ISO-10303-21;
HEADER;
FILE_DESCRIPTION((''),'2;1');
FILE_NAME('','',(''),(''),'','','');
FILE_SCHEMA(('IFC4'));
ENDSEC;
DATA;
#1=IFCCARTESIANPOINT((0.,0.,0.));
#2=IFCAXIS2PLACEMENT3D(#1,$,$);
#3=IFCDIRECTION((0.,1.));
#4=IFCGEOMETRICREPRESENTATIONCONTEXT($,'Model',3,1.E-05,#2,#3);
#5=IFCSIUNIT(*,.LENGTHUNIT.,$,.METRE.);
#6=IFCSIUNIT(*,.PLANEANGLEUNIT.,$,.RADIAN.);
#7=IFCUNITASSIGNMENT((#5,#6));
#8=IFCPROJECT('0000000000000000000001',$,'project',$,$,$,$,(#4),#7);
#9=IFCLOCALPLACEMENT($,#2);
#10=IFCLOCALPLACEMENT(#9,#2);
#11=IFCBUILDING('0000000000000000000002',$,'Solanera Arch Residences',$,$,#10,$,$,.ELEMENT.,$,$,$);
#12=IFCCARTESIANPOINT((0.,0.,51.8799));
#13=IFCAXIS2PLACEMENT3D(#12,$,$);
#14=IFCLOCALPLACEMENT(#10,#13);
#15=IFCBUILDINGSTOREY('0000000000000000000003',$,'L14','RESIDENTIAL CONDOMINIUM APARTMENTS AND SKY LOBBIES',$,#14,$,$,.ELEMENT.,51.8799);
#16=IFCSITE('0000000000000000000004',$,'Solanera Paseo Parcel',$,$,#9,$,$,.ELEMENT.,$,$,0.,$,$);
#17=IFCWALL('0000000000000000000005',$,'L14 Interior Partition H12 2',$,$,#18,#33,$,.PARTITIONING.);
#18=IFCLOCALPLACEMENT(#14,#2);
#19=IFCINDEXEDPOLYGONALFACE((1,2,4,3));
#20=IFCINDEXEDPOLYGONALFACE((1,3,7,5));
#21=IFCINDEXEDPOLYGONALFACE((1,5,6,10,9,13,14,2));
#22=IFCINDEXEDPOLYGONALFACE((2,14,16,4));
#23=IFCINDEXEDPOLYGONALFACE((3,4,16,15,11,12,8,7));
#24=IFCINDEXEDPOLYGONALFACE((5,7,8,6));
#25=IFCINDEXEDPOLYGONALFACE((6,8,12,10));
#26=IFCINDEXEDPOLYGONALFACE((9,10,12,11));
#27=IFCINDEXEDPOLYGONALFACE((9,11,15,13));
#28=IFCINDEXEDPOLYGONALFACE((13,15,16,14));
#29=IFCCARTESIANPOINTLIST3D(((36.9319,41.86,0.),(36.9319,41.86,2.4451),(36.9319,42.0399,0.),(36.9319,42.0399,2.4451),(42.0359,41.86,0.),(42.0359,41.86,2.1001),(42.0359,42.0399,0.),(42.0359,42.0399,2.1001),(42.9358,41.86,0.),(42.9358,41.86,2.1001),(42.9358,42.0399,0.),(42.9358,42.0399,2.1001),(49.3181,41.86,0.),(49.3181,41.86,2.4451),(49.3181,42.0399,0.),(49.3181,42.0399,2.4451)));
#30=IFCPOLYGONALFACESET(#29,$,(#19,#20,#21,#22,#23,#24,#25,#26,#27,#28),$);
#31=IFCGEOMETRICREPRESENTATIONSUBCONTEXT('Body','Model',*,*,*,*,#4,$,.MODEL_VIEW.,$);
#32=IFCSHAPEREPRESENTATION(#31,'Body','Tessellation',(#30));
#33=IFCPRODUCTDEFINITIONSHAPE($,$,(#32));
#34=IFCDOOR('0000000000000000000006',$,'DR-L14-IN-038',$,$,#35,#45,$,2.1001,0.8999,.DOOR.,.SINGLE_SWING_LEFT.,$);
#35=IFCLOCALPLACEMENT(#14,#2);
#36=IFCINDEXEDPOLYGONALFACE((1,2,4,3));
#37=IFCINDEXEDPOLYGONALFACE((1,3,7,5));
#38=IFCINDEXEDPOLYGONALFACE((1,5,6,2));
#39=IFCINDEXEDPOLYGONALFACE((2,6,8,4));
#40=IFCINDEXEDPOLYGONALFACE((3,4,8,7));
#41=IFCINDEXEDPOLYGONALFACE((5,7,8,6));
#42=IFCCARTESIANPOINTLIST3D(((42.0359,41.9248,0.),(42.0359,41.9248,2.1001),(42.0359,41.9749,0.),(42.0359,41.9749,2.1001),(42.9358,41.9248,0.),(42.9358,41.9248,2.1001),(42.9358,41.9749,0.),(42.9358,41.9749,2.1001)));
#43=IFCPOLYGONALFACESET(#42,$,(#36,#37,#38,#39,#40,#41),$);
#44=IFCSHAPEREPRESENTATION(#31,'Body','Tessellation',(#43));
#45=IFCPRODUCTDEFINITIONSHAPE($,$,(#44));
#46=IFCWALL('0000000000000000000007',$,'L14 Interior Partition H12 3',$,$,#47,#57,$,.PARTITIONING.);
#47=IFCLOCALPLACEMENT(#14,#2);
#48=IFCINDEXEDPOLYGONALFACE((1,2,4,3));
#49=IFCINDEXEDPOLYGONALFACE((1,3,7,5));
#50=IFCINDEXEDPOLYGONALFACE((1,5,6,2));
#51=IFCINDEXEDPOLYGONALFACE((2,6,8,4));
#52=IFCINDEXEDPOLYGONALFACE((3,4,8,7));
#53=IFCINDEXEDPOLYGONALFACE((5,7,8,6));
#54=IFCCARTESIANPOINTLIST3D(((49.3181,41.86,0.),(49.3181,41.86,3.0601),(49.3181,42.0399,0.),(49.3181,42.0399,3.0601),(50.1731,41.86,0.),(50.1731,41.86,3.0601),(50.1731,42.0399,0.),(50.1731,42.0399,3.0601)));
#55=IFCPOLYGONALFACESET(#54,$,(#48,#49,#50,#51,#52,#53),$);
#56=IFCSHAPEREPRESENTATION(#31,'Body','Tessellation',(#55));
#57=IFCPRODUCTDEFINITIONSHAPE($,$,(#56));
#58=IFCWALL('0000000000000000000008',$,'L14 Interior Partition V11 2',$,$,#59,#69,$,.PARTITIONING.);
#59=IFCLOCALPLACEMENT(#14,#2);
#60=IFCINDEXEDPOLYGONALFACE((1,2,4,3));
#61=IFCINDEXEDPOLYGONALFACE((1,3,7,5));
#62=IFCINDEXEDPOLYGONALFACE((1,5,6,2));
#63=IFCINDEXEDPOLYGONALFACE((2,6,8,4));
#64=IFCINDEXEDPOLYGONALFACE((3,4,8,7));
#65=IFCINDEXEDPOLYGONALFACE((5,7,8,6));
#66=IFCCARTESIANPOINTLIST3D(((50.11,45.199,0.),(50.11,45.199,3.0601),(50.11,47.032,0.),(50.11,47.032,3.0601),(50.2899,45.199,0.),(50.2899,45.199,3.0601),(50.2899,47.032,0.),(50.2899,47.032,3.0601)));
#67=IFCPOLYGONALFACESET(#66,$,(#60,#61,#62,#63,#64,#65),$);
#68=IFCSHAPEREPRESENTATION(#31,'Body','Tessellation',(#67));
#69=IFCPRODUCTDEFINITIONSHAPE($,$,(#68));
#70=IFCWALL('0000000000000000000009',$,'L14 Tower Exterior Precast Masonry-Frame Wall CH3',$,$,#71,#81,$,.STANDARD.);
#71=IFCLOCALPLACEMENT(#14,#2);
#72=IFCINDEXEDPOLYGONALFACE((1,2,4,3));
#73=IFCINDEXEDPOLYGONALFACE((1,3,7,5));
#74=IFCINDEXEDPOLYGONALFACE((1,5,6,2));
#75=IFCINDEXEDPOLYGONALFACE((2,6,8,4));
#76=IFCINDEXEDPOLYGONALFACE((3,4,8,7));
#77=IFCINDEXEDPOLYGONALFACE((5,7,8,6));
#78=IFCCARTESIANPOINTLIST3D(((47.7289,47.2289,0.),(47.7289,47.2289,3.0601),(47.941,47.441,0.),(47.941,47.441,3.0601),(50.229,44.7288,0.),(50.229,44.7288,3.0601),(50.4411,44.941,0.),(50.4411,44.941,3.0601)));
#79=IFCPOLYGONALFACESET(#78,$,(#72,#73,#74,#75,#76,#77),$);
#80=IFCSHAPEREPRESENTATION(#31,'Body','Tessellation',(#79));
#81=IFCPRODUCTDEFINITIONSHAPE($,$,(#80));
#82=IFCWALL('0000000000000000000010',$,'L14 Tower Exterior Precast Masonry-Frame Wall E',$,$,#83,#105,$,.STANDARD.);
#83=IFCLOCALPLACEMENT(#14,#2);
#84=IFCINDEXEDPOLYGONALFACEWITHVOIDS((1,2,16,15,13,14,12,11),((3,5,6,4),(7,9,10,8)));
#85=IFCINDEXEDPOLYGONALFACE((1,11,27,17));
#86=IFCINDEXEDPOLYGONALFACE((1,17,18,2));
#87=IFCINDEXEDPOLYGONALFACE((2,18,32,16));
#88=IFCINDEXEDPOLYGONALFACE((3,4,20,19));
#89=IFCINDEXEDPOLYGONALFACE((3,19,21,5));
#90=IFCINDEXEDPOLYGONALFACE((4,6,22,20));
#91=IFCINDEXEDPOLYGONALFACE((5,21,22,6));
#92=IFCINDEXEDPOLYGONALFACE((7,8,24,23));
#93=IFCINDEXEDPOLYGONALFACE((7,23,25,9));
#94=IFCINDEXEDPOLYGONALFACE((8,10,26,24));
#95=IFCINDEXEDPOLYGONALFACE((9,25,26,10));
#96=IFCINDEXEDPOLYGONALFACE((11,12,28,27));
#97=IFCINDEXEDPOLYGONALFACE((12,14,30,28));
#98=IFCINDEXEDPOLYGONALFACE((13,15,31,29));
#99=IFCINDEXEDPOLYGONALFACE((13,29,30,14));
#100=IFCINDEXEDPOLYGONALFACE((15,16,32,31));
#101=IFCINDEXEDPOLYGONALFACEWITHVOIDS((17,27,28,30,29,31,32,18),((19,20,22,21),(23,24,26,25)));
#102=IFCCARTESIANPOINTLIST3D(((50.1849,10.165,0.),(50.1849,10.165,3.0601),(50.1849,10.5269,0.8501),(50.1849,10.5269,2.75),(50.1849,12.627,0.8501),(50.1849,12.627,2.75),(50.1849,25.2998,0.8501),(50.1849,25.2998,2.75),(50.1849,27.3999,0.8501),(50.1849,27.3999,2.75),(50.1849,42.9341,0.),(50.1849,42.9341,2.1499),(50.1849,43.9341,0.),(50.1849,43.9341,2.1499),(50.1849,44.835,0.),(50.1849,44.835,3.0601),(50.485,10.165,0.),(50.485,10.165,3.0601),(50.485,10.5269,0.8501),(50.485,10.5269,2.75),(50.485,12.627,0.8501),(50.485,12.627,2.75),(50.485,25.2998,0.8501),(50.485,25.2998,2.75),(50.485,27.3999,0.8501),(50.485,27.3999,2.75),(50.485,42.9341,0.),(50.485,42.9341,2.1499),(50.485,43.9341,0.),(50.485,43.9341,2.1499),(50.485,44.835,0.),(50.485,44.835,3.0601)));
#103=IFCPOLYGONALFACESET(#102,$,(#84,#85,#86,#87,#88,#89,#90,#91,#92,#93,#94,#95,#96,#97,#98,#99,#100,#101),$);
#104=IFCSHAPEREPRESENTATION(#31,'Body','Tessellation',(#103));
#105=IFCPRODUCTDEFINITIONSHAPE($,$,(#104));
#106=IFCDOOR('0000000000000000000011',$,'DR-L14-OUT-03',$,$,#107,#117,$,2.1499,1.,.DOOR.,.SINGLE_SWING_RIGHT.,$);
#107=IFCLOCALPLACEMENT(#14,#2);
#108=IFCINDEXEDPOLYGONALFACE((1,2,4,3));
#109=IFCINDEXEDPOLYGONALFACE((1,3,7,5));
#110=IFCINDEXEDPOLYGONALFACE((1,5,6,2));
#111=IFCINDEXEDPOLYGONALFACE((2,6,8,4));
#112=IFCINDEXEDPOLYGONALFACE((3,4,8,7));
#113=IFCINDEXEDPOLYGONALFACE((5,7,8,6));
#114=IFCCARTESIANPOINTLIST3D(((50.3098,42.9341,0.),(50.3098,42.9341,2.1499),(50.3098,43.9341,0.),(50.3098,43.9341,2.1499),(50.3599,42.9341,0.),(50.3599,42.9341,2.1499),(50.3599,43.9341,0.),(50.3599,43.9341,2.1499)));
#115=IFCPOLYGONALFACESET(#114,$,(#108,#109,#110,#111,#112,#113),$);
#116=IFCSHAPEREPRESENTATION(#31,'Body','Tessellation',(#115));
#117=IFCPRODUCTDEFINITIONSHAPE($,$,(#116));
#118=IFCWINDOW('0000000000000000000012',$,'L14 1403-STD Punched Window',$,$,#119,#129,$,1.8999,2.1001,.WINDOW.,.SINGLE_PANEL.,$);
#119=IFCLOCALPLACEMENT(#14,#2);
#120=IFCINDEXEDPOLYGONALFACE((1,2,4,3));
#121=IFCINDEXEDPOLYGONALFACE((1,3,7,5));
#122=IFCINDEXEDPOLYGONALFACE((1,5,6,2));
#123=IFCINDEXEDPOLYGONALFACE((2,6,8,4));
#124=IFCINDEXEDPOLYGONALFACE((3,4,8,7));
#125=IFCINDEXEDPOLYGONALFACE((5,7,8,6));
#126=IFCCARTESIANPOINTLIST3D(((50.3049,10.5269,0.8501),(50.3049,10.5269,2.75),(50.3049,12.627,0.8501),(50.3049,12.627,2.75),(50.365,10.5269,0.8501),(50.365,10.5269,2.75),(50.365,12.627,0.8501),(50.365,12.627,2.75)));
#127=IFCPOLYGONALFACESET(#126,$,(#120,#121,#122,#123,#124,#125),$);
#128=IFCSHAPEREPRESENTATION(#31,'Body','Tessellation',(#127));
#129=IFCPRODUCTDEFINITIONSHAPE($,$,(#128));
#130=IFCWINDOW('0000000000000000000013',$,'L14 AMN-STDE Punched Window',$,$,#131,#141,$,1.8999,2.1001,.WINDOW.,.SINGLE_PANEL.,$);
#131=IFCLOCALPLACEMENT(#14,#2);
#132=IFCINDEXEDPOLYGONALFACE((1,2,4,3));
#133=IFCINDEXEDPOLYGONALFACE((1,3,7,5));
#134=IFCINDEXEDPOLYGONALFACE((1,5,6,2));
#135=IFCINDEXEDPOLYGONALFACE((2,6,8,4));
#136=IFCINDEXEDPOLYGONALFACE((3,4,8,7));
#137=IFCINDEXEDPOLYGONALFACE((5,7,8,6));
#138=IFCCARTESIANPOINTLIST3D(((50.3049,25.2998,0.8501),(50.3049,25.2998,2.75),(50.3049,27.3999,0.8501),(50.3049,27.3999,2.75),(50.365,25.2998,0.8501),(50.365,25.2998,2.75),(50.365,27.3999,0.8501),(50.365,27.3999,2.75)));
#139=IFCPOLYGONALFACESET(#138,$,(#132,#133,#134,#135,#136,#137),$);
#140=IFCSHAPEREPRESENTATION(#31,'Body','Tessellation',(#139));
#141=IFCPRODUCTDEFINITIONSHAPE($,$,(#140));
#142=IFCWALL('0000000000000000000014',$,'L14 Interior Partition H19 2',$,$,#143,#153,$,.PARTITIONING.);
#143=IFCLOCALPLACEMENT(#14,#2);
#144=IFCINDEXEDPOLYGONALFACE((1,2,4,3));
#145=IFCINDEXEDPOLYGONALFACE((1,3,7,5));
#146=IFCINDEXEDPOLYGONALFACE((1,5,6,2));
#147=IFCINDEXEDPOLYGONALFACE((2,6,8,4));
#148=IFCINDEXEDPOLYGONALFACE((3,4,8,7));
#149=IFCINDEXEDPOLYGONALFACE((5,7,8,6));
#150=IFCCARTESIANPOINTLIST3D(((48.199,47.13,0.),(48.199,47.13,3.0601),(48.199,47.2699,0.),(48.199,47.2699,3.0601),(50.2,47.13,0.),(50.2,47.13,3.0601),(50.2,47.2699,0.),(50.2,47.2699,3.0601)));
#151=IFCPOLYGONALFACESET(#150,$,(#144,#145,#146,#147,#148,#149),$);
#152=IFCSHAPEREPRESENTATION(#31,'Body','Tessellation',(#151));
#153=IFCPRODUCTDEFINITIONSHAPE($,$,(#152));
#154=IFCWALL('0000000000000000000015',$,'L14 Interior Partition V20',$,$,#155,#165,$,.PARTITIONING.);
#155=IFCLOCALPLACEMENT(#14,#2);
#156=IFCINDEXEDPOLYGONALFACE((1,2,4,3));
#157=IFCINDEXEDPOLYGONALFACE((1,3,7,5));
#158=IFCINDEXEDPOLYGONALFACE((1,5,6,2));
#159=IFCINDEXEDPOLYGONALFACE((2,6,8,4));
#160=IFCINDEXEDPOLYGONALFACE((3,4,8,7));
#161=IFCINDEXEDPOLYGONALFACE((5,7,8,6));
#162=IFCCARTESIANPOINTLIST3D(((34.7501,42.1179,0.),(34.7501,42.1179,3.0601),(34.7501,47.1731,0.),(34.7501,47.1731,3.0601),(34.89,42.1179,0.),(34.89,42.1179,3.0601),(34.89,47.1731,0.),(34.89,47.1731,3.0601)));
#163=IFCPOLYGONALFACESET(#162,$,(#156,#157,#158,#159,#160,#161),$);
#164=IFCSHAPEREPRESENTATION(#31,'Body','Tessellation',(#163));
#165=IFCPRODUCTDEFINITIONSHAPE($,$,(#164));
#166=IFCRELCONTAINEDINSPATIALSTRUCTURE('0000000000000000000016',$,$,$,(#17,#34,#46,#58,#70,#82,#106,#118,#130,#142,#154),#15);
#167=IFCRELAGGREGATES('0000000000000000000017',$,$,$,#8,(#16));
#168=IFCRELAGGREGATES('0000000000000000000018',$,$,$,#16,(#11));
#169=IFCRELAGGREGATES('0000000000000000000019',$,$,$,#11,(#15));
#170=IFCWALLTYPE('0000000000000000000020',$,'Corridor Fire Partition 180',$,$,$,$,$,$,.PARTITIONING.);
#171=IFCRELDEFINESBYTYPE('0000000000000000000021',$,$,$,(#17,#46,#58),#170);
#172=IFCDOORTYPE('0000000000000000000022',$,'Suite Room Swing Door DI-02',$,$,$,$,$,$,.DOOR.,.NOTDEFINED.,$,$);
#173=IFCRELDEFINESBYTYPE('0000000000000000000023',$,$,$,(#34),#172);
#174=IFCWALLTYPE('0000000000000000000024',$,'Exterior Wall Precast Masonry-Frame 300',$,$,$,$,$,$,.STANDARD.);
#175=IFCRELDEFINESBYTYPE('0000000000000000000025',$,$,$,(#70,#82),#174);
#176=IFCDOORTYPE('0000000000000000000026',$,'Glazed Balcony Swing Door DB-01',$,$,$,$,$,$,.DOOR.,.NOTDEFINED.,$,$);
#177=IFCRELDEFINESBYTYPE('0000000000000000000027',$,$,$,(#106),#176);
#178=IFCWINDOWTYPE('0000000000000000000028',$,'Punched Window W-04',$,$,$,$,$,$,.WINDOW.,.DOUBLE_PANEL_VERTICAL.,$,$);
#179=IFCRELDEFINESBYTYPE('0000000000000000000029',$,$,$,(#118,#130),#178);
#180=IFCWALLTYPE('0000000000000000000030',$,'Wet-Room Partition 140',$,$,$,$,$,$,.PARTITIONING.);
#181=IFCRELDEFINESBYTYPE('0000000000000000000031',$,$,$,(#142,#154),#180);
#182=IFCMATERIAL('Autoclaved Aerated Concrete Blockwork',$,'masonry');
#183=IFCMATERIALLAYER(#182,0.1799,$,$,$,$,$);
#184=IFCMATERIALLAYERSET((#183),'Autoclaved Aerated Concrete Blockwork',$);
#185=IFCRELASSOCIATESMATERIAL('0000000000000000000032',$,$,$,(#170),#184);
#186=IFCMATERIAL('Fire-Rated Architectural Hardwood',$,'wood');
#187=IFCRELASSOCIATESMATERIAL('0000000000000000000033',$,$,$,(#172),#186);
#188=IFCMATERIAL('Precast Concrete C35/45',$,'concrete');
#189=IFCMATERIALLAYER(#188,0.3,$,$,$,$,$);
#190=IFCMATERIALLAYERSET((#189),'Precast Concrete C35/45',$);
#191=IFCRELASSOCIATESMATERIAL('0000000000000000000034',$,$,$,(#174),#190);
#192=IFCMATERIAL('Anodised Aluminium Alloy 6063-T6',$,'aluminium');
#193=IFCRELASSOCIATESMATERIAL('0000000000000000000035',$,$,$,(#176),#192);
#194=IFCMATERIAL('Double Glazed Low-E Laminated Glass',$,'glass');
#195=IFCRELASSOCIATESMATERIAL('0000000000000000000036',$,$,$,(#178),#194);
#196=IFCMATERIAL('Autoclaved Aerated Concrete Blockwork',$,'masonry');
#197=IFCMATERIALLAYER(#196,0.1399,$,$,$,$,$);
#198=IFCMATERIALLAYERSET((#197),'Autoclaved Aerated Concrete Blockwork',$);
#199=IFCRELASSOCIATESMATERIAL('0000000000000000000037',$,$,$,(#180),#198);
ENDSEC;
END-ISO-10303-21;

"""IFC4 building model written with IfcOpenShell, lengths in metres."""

from ifc_helpers import new_model, si_unit, direction, frame, frame_2d, origin, place, context, subcontext, project, spatial, rectangle, extrude, material, layer, layer_set, type_object, element, fill, save


model = new_model("IFC4")

# Units and contexts
model_context = context("Model", 3, precision=1e-05, world=origin(), true_north=direction((0.0, 1.0)))
body_context = subcontext(model_context, "Body", "Model", "MODEL_VIEW")
ifc_project = project(units=[si_unit("LENGTHUNIT", "METRE"), si_unit("PLANEANGLEUNIT", "RADIAN")], contexts=[model_context])

# Site, building, storey
site_placement = place(None, origin())
site = spatial("IfcSite", under=ifc_project, at=site_placement, Name="Solanera Paseo Parcel", CompositionType="ELEMENT", RefElevation=0.0)
building_placement = place(site_placement, origin())
building = spatial("IfcBuilding", under=site, at=building_placement, Name="Solanera Arch Residences", CompositionType="ELEMENT")
storey_placement = place(building_placement, frame((0.0, 0.0, 51.8799)))
storey = spatial("IfcBuildingStorey", under=building, at=storey_placement, Name="L14", Description="RESIDENTIAL CONDOMINIUM APARTMENTS AND SKY LOBBIES", CompositionType="ELEMENT", Elevation=51.8799)

# Shared definitions
ifc_material_1 = material(Name="Autoclaved Aerated Concrete Blockwork", Category="masonry")
ifc_layer_1 = layer(ifc_material_1, 0.1799)
ifc_layer_set_1 = layer_set([ifc_layer_1], Name="Autoclaved Aerated Concrete Blockwork")
wall_type_1 = type_object("IfcWallType", Name="Corridor Fire Partition 180", PredefinedType="PARTITIONING", material=ifc_layer_set_1)

# Wall, opening, door
wall_1_placement = place(storey_placement, frame((36.9319, 41.95, 0.0), z_axis=(0.0, 0.0, 1.0), x_axis=(1.0, 0.0, 0.0)))
wall_1 = element("IfcWall", 1, at=wall_1_placement, inside=storey, type_object=wall_type_1, Name="L14 Interior Partition H12 2", PredefinedType="PARTITIONING", context=body_context, shape_type="SweptSolid", body=[
    extrude(rectangle(XDim=12.3862, YDim=0.1799, at=frame_2d((6.1931, 0.0))), origin(), (0.0, 0.0, 1.0), 2.4451),
])
opening_1_placement = place(wall_1_placement, frame((5.104, 0.0, 0.0)))
opening_1 = element("IfcOpeningElement", 2, at=opening_1_placement, cuts=wall_1, PredefinedType="OPENING", context=body_context, shape_type="SweptSolid", body=[
    extrude(rectangle(XDim=0.8999, YDim=2.1001, at=frame_2d((0.45, 1.05))), frame((0.0, 0.1001, 0.0), z_axis=(0.0, -1.0, 0.0), x_axis=(1.0, 0.0, 0.0)), (0.0, 0.0, 1.0), 0.1999),
])
ifc_material_2 = material(Name="Fire-Rated Architectural Hardwood", Category="wood")
door_type_1 = type_object("IfcDoorType", Name="Suite Room Swing Door DI-02", OperationType="NOTDEFINED", PredefinedType="DOOR", material=ifc_material_2)
door_1_placement = place(opening_1_placement, origin())
door_1 = element("IfcDoor", 3, at=door_1_placement, inside=storey, type_object=door_type_1, Name="DR-L14-IN-038", OperationType="SINGLE_SWING_LEFT", OverallHeight=2.1001, OverallWidth=0.8999, PredefinedType="DOOR", context=body_context, shape_type="SweptSolid", body=[
    extrude(rectangle(XDim=0.8999, YDim=2.1001, at=frame_2d((0.45, 1.05))), frame((0.0, 0.0249, 0.0), z_axis=(0.0, -1.0, 0.0), x_axis=(1.0, 0.0, 0.0)), (0.0, 0.0, 1.0), 0.05),
])
fill(opening_1, door_1)

# Walls
wall_2_placement = place(storey_placement, frame((49.3181, 41.95, 0.0), z_axis=(0.0, 0.0, 1.0), x_axis=(1.0, 0.0, 0.0)))
element("IfcWall", 4, at=wall_2_placement, inside=storey, type_object=wall_type_1, Name="L14 Interior Partition H12 3", PredefinedType="PARTITIONING", context=body_context, shape_type="SweptSolid", body=[
    extrude(rectangle(XDim=0.855, YDim=0.1799, at=frame_2d((0.4275, 0.0))), origin(), (0.0, 0.0, 1.0), 3.0601),
])
wall_3_placement = place(storey_placement, frame((50.2, 45.199, 0.0), z_axis=(0.0, 0.0, 1.0), x_axis=(0.0, 1.0, 0.0)))
element("IfcWall", 5, at=wall_3_placement, inside=storey, type_object=wall_type_1, Name="L14 Interior Partition V11 2", PredefinedType="PARTITIONING", context=body_context, shape_type="SweptSolid", body=[
    extrude(rectangle(XDim=1.833, YDim=0.1799, at=frame_2d((0.9165, 0.0))), origin(), (0.0, 0.0, 1.0), 3.0601),
])
ifc_material_3 = material(Name="Precast Concrete C35/45", Category="concrete")
ifc_layer_2 = layer(ifc_material_3, 0.3)
ifc_layer_set_2 = layer_set([ifc_layer_2], Name="Precast Concrete C35/45")
wall_type_2 = type_object("IfcWallType", Name="Exterior Wall Precast Masonry-Frame 300", PredefinedType="STANDARD", material=ifc_layer_set_2)
wall_4_placement = place(storey_placement, frame((47.835, 47.335, 0.0), z_axis=(0.0, 0.0, 1.0), x_axis=(0.707107, -0.707107, 0.0)))
element("IfcWall", 6, at=wall_4_placement, inside=storey, type_object=wall_type_2, Name="L14 Tower Exterior Precast Masonry-Frame Wall CH3", PredefinedType="STANDARD", context=body_context, shape_type="SweptSolid", body=[
    extrude(rectangle(XDim=3.5356, YDim=0.3, at=frame_2d((1.7678, 0.0))), origin(), (0.0, 0.0, 1.0), 3.0601),
])

# Wall, openings, door, windows
wall_5_placement = place(storey_placement, frame((50.335, 44.835, 0.0), z_axis=(0.0, 0.0, 1.0), x_axis=(0.0, -1.0, 0.0)))
wall_5 = element("IfcWall", 7, at=wall_5_placement, inside=storey, type_object=wall_type_2, Name="L14 Tower Exterior Precast Masonry-Frame Wall E", PredefinedType="STANDARD", context=body_context, shape_type="SweptSolid", body=[
    extrude(rectangle(XDim=34.6699, YDim=0.3, at=frame_2d((17.335, 0.0))), origin(), (0.0, 0.0, 1.0), 3.0601),
])
opening_2_placement = place(wall_5_placement, frame((0.9009, 0.0, 0.0)))
opening_2 = element("IfcOpeningElement", 8, at=opening_2_placement, cuts=wall_5, PredefinedType="OPENING", context=body_context, shape_type="SweptSolid", body=[
    extrude(rectangle(XDim=1.0, YDim=2.1499, at=frame_2d((0.5, 1.075))), frame((0.0, 0.1599, 0.0), z_axis=(0.0, -1.0, 0.0), x_axis=(1.0, 0.0, 0.0)), (0.0, 0.0, 1.0), 0.32),
])
opening_3_placement = place(wall_5_placement, frame((32.208, 0.0, 0.8501)))
opening_3 = element("IfcOpeningElement", 9, at=opening_3_placement, cuts=wall_5, PredefinedType="OPENING", context=body_context, shape_type="SweptSolid", body=[
    extrude(rectangle(XDim=2.1001, YDim=1.8999, at=frame_2d((1.05, 0.95))), frame((0.0, 0.1599, 0.0), z_axis=(0.0, -1.0, 0.0), x_axis=(1.0, 0.0, 0.0)), (0.0, 0.0, 1.0), 0.32),
])
opening_4_placement = place(wall_5_placement, frame((17.4351, 0.0, 0.8501)))
opening_4 = element("IfcOpeningElement", 10, at=opening_4_placement, cuts=wall_5, PredefinedType="OPENING", context=body_context, shape_type="SweptSolid", body=[
    extrude(rectangle(XDim=2.1001, YDim=1.8999, at=frame_2d((1.05, 0.95))), frame((0.0, 0.1599, 0.0), z_axis=(0.0, -1.0, 0.0), x_axis=(1.0, 0.0, 0.0)), (0.0, 0.0, 1.0), 0.32),
])
ifc_material_4 = material(Name="Anodised Aluminium Alloy 6063-T6", Category="aluminium")
door_type_2 = type_object("IfcDoorType", Name="Glazed Balcony Swing Door DB-01", OperationType="NOTDEFINED", PredefinedType="DOOR", material=ifc_material_4)
door_2_placement = place(opening_2_placement, origin())
door_2 = element("IfcDoor", 11, at=door_2_placement, inside=storey, type_object=door_type_2, Name="DR-L14-OUT-03", OperationType="SINGLE_SWING_RIGHT", OverallHeight=2.1499, OverallWidth=1.0, PredefinedType="DOOR", context=body_context, shape_type="SweptSolid", body=[
    extrude(rectangle(XDim=1.0, YDim=2.1499, at=frame_2d((0.5, 1.075))), frame((0.0, 0.0249, 0.0), z_axis=(0.0, -1.0, 0.0), x_axis=(1.0, 0.0, 0.0)), (0.0, 0.0, 1.0), 0.05),
])
fill(opening_2, door_2)
ifc_material_5 = material(Name="Double Glazed Low-E Laminated Glass", Category="glass")
window_type = type_object("IfcWindowType", Name="Punched Window W-04", PartitioningType="DOUBLE_PANEL_VERTICAL", PredefinedType="WINDOW", material=ifc_material_5)
window_1_placement = place(opening_3_placement, origin())
window_1 = element("IfcWindow", 12, at=window_1_placement, inside=storey, type_object=window_type, Name="L14 1403-STD Punched Window", OverallHeight=1.8999, OverallWidth=2.1001, PartitioningType="SINGLE_PANEL", PredefinedType="WINDOW", context=body_context, shape_type="SweptSolid", body=[
    extrude(rectangle(XDim=2.1001, YDim=1.8999, at=frame_2d((1.05, 0.95))), frame((0.0, 0.03, 0.0), z_axis=(0.0, -1.0, 0.0), x_axis=(1.0, 0.0, 0.0)), (0.0, 0.0, 1.0), 0.0601),
])
fill(opening_3, window_1)
window_2_placement = place(opening_4_placement, origin())
window_2 = element("IfcWindow", 13, at=window_2_placement, inside=storey, type_object=window_type, Name="L14 AMN-STDE Punched Window", OverallHeight=1.8999, OverallWidth=2.1001, PartitioningType="SINGLE_PANEL", PredefinedType="WINDOW", context=body_context, shape_type="SweptSolid", body=[
    extrude(rectangle(XDim=2.1001, YDim=1.8999, at=frame_2d((1.05, 0.95))), frame((0.0, 0.03, 0.0), z_axis=(0.0, -1.0, 0.0), x_axis=(1.0, 0.0, 0.0)), (0.0, 0.0, 1.0), 0.0601),
])
fill(opening_4, window_2)

# Walls
ifc_material_6 = material(Name="Autoclaved Aerated Concrete Blockwork", Category="masonry")
ifc_layer_3 = layer(ifc_material_6, 0.1399)
ifc_layer_set_3 = layer_set([ifc_layer_3], Name="Autoclaved Aerated Concrete Blockwork")
wall_type_3 = type_object("IfcWallType", Name="Wet-Room Partition 140", PredefinedType="PARTITIONING", material=ifc_layer_set_3)
wall_6_placement = place(storey_placement, frame((48.199, 47.2, 0.0), z_axis=(0.0, 0.0, 1.0), x_axis=(1.0, 0.0, 0.0)))
element("IfcWall", 14, at=wall_6_placement, inside=storey, type_object=wall_type_3, Name="L14 Interior Partition H19 2", PredefinedType="PARTITIONING", context=body_context, shape_type="SweptSolid", body=[
    extrude(rectangle(XDim=2.001, YDim=0.1399, at=frame_2d((1.0005, 0.0))), origin(), (0.0, 0.0, 1.0), 3.0601),
])
wall_7_placement = place(storey_placement, frame((34.8201, 42.1179, 0.0), z_axis=(0.0, 0.0, 1.0), x_axis=(0.0, 1.0, 0.0)))
element("IfcWall", 15, at=wall_7_placement, inside=storey, type_object=wall_type_3, Name="L14 Interior Partition V20", PredefinedType="PARTITIONING", context=body_context, shape_type="SweptSolid", body=[
    extrude(rectangle(XDim=5.0552, YDim=0.1399, at=frame_2d((2.5276, 0.0))), origin(), (0.0, 0.0, 1.0), 3.0601),
])

save(model, "model.ifc")
